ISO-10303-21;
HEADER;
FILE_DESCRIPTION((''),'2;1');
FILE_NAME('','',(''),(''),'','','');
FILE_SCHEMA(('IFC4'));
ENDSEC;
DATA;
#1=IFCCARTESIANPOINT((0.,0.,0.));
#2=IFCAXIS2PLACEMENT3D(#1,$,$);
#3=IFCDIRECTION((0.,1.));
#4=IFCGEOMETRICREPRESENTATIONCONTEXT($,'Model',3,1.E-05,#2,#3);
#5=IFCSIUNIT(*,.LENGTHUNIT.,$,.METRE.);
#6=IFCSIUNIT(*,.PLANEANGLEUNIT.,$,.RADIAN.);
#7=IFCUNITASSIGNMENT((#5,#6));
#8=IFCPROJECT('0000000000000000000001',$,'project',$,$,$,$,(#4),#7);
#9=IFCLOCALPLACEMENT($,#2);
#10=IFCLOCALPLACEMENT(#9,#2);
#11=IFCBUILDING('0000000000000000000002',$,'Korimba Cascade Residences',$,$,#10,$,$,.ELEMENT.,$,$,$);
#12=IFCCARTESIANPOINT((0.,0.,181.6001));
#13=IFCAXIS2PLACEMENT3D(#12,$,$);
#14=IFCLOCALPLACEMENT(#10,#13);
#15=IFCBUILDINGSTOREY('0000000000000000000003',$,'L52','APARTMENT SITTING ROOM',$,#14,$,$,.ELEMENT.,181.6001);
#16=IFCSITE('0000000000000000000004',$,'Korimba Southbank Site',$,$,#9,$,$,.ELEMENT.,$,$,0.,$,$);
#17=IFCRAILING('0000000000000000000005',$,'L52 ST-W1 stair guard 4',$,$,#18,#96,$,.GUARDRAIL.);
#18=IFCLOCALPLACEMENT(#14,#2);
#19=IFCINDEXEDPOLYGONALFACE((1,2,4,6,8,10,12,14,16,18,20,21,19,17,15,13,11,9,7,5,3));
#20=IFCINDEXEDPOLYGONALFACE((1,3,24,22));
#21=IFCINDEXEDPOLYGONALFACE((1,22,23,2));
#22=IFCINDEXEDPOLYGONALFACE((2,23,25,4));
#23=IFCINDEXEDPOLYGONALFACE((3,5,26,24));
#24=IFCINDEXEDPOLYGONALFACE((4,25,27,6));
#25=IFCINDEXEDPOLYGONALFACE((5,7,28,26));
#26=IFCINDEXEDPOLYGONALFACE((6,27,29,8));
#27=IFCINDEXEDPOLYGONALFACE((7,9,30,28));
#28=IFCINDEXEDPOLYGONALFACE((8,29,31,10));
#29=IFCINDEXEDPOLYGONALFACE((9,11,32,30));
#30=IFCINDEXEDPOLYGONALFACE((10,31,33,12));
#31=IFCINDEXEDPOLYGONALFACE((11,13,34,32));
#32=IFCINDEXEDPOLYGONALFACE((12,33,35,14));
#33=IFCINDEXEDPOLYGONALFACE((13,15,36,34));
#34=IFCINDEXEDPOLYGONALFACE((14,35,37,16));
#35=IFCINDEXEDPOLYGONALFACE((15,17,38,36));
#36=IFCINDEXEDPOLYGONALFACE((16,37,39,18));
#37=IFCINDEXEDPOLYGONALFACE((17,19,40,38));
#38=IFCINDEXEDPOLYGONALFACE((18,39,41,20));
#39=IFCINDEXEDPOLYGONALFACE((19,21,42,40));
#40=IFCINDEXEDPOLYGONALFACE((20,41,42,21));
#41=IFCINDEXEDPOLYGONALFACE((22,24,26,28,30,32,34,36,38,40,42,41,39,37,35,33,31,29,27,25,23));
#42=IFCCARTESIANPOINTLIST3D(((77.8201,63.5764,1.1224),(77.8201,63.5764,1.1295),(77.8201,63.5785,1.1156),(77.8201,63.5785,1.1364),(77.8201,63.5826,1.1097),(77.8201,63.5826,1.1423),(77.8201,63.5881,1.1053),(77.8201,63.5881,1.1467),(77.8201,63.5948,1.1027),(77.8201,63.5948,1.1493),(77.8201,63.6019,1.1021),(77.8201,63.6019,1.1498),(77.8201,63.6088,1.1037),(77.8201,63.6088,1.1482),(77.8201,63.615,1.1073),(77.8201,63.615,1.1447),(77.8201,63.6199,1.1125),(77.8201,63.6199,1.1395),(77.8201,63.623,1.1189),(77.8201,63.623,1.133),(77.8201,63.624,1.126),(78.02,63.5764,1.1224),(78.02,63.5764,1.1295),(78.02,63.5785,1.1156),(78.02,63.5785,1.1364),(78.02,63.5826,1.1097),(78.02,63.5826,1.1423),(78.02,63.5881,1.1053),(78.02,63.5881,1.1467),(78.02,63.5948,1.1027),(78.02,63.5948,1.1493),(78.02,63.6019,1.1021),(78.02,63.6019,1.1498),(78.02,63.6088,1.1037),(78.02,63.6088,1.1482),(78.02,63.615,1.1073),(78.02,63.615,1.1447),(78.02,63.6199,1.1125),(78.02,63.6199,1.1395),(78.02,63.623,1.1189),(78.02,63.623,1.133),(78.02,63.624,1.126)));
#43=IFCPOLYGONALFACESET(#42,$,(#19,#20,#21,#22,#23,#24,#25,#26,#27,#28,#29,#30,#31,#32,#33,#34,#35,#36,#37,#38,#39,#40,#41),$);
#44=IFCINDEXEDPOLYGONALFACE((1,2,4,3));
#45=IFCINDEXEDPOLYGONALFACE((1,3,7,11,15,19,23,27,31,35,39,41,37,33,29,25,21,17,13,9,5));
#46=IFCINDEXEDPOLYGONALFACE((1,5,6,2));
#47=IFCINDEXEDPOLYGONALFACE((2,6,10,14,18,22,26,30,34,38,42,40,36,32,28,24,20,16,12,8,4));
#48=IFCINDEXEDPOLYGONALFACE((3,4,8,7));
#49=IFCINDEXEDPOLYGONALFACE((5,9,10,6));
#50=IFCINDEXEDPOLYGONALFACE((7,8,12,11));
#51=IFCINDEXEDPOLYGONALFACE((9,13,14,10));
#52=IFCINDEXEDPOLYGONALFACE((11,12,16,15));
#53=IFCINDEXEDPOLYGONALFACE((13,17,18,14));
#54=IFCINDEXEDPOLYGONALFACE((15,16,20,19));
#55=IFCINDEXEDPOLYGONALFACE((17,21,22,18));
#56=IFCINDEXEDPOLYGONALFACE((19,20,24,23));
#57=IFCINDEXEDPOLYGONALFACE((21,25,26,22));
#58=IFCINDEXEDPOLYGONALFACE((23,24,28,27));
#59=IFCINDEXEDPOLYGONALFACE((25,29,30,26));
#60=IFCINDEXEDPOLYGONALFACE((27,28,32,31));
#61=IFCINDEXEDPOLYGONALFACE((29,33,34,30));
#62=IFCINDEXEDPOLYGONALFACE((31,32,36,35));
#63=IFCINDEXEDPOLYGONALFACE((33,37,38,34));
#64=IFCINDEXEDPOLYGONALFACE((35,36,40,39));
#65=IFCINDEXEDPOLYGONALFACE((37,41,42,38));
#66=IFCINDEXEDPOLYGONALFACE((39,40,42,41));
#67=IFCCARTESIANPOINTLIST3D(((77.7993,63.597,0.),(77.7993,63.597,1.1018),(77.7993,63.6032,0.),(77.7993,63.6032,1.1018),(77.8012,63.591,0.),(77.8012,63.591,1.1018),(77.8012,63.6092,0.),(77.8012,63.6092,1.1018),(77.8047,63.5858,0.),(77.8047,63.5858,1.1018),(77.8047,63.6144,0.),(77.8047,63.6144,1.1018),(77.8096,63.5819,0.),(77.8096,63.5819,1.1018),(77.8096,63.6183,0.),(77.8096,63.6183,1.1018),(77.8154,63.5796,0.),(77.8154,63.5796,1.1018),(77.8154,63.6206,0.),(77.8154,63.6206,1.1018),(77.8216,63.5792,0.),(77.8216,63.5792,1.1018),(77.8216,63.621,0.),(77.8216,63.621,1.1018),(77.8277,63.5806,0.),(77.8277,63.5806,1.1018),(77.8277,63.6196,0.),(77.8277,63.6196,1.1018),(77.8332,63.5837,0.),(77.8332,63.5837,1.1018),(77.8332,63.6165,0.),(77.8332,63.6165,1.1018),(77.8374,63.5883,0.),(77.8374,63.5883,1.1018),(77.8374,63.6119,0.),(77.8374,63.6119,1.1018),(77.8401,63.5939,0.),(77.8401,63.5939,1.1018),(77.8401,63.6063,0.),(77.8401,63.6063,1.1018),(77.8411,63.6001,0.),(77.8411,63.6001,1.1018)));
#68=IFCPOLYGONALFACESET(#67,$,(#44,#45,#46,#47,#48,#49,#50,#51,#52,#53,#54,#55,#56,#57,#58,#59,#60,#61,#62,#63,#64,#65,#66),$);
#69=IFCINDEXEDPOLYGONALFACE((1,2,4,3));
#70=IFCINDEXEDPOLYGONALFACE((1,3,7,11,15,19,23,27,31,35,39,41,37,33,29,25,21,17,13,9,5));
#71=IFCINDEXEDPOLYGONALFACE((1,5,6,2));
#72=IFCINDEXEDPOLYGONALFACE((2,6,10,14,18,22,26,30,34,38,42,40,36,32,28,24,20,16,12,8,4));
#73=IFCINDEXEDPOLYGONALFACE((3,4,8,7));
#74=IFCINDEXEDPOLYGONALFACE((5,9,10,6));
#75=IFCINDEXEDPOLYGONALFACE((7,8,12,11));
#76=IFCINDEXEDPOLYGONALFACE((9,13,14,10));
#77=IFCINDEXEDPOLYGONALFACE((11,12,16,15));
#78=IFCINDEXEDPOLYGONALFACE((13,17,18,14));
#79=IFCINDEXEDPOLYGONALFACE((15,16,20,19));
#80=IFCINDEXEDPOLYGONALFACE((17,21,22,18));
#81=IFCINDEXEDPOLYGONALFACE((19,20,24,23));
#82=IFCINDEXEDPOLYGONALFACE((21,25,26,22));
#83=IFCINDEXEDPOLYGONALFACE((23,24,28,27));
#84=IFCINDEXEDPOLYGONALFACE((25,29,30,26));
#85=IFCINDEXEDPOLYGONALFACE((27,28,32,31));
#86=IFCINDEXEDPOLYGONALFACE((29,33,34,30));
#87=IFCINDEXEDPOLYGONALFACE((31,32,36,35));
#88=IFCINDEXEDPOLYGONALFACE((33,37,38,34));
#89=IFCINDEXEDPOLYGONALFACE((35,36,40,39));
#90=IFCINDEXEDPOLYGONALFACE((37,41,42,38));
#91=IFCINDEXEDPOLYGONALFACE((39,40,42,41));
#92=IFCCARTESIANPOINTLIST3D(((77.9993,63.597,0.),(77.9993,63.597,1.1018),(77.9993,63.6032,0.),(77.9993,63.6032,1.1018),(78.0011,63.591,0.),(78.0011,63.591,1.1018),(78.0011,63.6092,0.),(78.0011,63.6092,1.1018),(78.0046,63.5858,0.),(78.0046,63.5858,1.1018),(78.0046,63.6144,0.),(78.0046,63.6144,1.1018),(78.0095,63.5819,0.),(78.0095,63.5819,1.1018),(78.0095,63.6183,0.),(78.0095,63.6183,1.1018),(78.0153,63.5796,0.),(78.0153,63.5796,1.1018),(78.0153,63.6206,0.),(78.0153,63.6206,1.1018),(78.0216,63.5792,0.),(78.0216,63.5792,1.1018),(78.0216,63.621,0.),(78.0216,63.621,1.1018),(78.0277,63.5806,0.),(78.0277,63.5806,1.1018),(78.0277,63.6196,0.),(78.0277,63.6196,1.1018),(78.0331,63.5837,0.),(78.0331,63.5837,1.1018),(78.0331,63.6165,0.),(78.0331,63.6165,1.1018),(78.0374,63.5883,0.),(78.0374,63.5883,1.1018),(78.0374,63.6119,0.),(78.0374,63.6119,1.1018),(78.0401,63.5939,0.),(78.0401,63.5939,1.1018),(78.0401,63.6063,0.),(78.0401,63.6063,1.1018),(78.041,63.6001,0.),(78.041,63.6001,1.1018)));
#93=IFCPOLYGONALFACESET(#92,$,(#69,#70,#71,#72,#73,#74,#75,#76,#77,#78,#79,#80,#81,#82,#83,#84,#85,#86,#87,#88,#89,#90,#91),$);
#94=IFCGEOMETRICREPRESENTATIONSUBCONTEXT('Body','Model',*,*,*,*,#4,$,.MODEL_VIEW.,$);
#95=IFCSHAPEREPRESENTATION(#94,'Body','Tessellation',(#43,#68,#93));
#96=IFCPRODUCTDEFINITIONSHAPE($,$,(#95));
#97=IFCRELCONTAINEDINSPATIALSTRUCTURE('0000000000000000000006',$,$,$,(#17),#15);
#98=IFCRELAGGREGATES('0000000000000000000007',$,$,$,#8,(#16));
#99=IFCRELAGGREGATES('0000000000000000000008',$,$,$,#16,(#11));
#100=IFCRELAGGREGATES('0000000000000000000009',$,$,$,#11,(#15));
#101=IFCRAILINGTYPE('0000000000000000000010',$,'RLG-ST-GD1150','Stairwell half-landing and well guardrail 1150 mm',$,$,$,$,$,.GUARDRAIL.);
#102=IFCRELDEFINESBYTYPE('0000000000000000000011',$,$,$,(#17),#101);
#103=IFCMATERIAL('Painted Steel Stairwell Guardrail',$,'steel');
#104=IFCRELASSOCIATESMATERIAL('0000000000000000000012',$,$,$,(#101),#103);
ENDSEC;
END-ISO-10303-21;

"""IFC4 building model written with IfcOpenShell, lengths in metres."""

from ifc_helpers import new_model, si_unit, direction, frame, origin, origin_2d, place, context, subcontext, project, spatial, circle, extrude, material, type_object, element, save


model = new_model("IFC4")

# Units and contexts
model_context = context("Model", 3, precision=1e-05, world=origin(), true_north=direction((0.0, 1.0)))
body_context = subcontext(model_context, "Body", "Model", "MODEL_VIEW")
ifc_project = project(units=[si_unit("LENGTHUNIT", "METRE"), si_unit("PLANEANGLEUNIT", "RADIAN")], contexts=[model_context])

# Site, building, storey
site_placement = place(None, origin())
site = spatial("IfcSite", under=ifc_project, at=site_placement, Name="Korimba Southbank Site", CompositionType="ELEMENT", RefElevation=0.0)
building_placement = place(site_placement, origin())
building = spatial("IfcBuilding", under=site, at=building_placement, Name="Korimba Cascade Residences", CompositionType="ELEMENT")
storey_placement = place(building_placement, frame((0.0, 0.0, 181.6001)))
storey = spatial("IfcBuildingStorey", under=building, at=storey_placement, Name="L52", Description="APARTMENT SITTING ROOM", CompositionType="ELEMENT", Elevation=181.6001)

# Railing
ifc_material_1 = material(Name="Painted Steel Stairwell Guardrail", Category="steel")
railing_type_1 = type_object("IfcRailingType", Name="RLG-ST-GD1150", Description="Stairwell half-landing and well guardrail 1150 mm", PredefinedType="GUARDRAIL", material=ifc_material_1)
railing_1_placement = place(storey_placement, frame((77.8201, 63.6001, 0.0)))
element("IfcRailing", 1, at=railing_1_placement, inside=storey, type_object=railing_type_1, Name="L52 ST-W1 stair guard 4", PredefinedType="GUARDRAIL", context=body_context, shape_type="SweptSolid", body=[
    extrude(circle(Radius=0.0239, at=origin_2d()), frame((0.0, 0.0, 1.126), z_axis=(1.0, 0.0, 0.0), x_axis=(0.0, 1.0, 0.0)), (0.0, 0.0, 1.0), 0.2),
    extrude(circle(Radius=0.021, at=origin_2d()), origin(), (0.0, 0.0, 1.0), 1.1018),
    extrude(circle(Radius=0.021, at=origin_2d()), frame((0.2, 0.0, 0.0)), (0.0, 0.0, 1.0), 1.1018),
])

save(model, "model.ifc")
